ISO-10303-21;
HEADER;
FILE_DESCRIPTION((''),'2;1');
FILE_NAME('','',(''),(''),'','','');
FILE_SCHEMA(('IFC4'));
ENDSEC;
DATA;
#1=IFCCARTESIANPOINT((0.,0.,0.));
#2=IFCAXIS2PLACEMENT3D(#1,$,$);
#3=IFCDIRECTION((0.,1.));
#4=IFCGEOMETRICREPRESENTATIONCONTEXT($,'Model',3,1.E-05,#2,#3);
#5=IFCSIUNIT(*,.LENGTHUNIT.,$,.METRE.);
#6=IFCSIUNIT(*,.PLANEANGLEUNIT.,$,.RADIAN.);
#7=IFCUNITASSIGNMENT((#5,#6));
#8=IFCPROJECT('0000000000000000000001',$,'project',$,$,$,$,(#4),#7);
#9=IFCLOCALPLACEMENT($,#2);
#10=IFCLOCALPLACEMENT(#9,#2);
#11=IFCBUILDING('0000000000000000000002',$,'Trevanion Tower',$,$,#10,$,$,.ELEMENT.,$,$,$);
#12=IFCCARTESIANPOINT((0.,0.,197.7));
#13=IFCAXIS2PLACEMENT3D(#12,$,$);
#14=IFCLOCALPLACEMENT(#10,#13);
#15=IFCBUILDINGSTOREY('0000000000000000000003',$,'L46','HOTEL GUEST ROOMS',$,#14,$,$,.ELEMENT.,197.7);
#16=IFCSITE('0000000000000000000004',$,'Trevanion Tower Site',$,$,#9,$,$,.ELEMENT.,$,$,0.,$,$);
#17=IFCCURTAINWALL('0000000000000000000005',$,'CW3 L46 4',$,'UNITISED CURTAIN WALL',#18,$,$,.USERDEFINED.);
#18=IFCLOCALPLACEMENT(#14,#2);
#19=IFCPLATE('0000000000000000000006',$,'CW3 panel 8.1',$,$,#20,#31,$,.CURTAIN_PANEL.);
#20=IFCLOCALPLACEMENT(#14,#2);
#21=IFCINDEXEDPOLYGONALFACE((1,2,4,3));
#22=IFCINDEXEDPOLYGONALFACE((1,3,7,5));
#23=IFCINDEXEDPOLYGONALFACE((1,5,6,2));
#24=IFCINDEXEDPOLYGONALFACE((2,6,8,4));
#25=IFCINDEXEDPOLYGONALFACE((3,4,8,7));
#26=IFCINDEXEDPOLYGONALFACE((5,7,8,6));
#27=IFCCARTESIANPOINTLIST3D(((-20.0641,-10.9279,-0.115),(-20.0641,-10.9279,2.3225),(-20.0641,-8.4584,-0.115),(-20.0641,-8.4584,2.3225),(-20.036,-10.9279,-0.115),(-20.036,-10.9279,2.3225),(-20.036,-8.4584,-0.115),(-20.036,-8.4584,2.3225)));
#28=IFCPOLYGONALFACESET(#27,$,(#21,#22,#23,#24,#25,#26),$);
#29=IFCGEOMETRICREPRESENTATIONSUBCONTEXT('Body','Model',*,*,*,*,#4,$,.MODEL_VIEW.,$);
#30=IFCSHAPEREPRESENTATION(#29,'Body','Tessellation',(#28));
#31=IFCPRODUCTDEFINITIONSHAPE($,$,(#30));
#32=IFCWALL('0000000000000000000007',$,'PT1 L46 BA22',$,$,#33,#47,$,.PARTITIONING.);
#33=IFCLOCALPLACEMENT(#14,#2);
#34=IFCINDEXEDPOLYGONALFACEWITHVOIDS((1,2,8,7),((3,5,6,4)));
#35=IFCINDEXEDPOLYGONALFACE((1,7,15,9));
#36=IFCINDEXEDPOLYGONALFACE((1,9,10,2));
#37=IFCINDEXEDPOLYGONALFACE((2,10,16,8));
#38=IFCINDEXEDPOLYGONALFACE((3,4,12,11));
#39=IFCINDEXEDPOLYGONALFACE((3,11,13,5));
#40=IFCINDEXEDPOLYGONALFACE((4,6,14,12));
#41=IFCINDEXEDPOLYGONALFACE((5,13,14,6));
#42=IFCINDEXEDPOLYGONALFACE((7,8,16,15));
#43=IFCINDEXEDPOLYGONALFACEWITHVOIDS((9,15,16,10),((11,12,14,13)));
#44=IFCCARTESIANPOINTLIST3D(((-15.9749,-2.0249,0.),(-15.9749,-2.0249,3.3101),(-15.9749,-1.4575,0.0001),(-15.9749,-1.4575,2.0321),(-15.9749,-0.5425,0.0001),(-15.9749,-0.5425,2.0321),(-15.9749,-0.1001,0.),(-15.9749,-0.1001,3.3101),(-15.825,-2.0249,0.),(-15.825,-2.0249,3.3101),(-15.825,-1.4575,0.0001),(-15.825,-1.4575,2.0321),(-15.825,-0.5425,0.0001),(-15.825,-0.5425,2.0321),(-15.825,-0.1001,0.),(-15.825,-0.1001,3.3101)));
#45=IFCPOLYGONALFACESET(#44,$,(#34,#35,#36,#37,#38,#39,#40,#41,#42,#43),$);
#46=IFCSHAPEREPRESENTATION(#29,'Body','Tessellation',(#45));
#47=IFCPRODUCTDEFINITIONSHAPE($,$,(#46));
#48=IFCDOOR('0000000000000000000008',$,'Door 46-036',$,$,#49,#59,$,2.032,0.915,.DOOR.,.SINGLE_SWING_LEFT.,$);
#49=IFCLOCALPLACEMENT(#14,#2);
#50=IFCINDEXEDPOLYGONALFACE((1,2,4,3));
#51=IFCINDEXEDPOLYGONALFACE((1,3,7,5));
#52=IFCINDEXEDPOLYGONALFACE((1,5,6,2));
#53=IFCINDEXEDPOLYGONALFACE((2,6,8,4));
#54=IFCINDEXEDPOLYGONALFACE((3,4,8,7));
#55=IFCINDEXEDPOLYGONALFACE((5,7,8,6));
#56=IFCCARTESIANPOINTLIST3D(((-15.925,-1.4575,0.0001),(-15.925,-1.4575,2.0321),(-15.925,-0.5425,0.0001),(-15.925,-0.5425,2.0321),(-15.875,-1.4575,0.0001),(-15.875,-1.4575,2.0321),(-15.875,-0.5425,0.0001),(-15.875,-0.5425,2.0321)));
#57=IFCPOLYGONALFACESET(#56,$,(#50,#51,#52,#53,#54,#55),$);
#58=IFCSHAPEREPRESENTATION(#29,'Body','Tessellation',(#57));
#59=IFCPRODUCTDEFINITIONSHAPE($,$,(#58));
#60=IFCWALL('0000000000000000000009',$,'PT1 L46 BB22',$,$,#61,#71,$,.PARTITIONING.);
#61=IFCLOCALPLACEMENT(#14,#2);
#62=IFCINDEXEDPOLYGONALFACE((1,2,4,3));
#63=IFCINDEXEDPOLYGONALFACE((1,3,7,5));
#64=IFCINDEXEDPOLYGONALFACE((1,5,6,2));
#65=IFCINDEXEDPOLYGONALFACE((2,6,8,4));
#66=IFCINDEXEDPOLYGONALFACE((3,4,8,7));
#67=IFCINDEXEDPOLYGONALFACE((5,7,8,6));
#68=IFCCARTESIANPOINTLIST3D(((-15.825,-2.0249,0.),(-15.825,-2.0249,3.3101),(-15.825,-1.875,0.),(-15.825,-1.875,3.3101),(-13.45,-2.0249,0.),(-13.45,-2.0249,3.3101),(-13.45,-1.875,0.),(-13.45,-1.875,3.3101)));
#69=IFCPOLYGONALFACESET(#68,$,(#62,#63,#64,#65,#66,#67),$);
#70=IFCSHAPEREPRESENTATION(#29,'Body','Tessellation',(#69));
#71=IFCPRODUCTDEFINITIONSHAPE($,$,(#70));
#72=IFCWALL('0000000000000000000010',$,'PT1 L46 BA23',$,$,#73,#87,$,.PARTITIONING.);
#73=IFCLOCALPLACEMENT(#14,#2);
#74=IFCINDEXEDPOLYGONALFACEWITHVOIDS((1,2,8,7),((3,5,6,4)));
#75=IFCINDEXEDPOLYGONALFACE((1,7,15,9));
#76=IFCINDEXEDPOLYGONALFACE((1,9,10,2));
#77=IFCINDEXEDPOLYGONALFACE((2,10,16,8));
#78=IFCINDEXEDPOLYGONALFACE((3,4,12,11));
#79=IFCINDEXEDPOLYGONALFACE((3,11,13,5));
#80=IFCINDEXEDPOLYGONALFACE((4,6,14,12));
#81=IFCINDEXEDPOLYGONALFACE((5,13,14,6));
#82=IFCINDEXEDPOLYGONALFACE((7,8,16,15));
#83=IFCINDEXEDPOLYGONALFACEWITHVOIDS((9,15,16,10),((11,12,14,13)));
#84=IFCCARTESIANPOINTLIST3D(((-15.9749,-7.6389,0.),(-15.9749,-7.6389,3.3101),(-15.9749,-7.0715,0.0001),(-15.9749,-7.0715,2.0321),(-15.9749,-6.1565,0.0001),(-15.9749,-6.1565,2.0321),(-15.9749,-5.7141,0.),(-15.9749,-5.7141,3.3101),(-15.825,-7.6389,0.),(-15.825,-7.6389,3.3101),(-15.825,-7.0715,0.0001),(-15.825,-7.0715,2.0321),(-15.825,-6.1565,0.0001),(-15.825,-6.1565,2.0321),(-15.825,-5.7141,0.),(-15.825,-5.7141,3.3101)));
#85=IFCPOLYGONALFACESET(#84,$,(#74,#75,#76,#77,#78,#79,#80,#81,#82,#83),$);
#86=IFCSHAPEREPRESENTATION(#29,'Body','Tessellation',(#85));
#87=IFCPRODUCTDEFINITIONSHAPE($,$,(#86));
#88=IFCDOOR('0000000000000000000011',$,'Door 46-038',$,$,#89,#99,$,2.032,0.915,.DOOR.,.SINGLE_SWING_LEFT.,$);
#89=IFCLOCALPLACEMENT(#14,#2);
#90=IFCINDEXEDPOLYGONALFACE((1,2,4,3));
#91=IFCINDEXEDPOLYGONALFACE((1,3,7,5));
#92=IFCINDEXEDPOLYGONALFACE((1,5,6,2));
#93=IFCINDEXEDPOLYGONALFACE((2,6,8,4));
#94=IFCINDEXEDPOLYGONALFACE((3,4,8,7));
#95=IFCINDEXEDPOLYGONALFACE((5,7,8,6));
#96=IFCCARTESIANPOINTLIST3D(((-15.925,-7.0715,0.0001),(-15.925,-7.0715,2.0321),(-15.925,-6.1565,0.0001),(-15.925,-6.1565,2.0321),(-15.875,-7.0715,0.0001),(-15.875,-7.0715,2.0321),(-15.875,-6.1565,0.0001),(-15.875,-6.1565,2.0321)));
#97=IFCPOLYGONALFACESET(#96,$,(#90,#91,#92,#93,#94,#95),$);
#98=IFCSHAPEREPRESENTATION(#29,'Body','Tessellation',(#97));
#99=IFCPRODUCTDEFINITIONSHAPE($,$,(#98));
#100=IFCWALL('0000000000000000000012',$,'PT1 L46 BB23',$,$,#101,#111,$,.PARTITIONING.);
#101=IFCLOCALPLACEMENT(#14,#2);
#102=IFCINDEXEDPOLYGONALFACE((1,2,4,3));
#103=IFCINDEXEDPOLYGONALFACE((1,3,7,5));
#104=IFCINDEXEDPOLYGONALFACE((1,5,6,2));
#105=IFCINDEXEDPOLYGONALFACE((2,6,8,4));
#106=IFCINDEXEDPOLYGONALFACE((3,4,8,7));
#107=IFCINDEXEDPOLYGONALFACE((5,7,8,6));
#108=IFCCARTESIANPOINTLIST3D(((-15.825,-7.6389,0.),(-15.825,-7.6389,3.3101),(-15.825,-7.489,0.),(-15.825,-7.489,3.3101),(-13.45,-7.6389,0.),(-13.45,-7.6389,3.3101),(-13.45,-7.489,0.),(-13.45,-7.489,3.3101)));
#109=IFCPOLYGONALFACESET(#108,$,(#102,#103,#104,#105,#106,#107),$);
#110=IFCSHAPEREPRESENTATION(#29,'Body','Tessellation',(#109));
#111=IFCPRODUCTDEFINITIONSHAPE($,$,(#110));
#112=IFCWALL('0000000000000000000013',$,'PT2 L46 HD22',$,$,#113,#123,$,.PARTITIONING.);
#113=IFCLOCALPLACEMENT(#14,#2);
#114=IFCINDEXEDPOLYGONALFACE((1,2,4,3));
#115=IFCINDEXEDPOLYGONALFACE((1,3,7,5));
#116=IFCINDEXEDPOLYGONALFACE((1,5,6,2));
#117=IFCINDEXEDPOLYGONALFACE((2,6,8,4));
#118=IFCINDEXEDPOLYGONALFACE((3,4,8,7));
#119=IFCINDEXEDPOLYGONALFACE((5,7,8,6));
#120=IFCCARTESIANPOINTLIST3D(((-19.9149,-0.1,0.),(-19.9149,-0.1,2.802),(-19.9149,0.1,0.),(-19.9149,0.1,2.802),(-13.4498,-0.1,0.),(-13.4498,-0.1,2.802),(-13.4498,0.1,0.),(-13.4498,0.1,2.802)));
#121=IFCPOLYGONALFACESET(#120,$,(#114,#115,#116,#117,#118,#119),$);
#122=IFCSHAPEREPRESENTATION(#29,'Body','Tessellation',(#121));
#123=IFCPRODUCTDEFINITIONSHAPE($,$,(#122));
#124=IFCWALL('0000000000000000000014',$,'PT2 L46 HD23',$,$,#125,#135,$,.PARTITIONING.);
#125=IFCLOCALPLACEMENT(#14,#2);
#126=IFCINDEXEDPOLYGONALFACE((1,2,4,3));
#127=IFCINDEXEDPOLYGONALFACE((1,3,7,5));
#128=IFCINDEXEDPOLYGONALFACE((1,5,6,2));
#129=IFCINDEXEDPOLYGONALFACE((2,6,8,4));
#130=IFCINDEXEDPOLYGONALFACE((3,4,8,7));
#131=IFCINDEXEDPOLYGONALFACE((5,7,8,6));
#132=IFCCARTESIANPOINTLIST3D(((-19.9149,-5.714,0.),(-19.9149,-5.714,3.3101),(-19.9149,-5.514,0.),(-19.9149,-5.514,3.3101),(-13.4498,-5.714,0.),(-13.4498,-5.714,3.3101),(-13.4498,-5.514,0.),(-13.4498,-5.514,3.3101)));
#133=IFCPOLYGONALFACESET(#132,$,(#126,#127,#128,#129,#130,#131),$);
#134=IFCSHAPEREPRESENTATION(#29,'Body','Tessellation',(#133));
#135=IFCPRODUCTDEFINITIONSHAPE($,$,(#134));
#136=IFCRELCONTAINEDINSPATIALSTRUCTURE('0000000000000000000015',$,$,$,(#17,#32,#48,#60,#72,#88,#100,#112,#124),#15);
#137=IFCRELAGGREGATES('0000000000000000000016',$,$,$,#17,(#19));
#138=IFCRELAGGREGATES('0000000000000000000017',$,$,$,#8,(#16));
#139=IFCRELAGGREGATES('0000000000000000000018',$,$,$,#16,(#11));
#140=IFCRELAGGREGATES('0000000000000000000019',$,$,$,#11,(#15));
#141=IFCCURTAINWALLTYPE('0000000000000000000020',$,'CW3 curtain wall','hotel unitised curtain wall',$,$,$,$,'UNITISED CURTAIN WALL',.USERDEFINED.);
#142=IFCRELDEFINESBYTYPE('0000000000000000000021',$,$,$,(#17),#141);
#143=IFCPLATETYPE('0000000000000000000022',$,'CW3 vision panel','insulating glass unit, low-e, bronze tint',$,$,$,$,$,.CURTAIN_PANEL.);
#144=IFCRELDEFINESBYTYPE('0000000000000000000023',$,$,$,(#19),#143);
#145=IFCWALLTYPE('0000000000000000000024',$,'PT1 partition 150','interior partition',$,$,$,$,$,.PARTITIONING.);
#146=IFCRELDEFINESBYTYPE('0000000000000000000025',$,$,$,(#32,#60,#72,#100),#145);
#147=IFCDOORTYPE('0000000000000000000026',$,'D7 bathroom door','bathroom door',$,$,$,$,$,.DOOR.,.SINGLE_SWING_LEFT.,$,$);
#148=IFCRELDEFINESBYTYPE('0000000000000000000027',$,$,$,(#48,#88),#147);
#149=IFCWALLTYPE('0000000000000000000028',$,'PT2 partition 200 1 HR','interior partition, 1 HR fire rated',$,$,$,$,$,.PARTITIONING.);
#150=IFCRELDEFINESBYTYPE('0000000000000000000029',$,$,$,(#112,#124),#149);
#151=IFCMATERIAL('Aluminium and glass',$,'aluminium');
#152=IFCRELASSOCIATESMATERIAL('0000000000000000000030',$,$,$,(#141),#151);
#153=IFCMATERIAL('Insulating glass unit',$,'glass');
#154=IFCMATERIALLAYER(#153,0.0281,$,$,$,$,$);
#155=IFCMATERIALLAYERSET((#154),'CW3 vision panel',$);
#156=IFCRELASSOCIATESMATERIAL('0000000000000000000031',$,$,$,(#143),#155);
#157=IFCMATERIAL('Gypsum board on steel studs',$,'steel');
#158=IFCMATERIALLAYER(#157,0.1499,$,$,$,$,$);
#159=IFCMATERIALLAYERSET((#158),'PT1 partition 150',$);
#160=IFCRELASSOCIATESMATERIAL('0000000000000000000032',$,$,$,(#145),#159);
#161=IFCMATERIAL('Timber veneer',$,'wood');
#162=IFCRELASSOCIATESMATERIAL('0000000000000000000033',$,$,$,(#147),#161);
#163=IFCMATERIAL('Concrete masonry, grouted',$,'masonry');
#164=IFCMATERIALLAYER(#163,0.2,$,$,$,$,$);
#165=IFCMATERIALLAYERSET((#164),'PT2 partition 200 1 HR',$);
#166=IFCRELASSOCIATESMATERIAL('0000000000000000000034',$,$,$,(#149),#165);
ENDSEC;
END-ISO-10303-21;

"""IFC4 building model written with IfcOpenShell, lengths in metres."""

from ifc_helpers import new_model, si_unit, direction, frame, frame_2d, origin, origin_2d, place, context, subcontext, project, spatial, rectangle, extrude, material, layer, layer_set, type_object, element, fill, aggregate, save


model = new_model("IFC4")

# Units and contexts
model_context = context("Model", 3, precision=1e-05, world=origin(), true_north=direction((0.0, 1.0)))
body_context = subcontext(model_context, "Body", "Model", "MODEL_VIEW")
ifc_project = project(units=[si_unit("LENGTHUNIT", "METRE"), si_unit("PLANEANGLEUNIT", "RADIAN")], contexts=[model_context])

# Site, building, storey
site_placement = place(None, origin())
site = spatial("IfcSite", under=ifc_project, at=site_placement, Name="Trevanion Tower Site", CompositionType="ELEMENT", RefElevation=0.0)
building_placement = place(site_placement, origin())
building = spatial("IfcBuilding", under=site, at=building_placement, Name="Trevanion Tower", CompositionType="ELEMENT")
storey_placement = place(building_placement, frame((0.0, 0.0, 197.7)))
storey = spatial("IfcBuildingStorey", under=building, at=storey_placement, Name="L46", Description="HOTEL GUEST ROOMS", CompositionType="ELEMENT", Elevation=197.7)

# Curtain wall
ifc_material_1 = material(Name="Aluminium and glass", Category="aluminium")
curtain_wall_type = type_object("IfcCurtainWallType", Name="CW3 curtain wall", Description="hotel unitised curtain wall", ElementType="UNITISED CURTAIN WALL", PredefinedType="USERDEFINED", material=ifc_material_1)
curtain_wall_placement = place(storey_placement, origin())
curtain_wall = element("IfcCurtainWall", 1, at=curtain_wall_placement, inside=storey, type_object=curtain_wall_type, Name="CW3 L46 4", ObjectType="UNITISED CURTAIN WALL", PredefinedType="USERDEFINED")

# Plate
ifc_material_2 = material(Name="Insulating glass unit", Category="glass")
ifc_layer_1 = layer(ifc_material_2, 0.0281)
ifc_layer_set_1 = layer_set([ifc_layer_1], Name="CW3 vision panel")
plate_type_1 = type_object("IfcPlateType", Name="CW3 vision panel", Description="insulating glass unit, low-e, bronze tint", PredefinedType="CURTAIN_PANEL", material=ifc_layer_set_1)
plate_1_placement = place(storey_placement, frame((-20.05, -9.6931, -0.115), z_axis=(0.0, 0.0, 1.0), x_axis=(0.0, -1.0, 0.0)))
plate_1 = element("IfcPlate", 2, at=plate_1_placement, type_object=plate_type_1, Name="CW3 panel 8.1", PredefinedType="CURTAIN_PANEL", context=body_context, shape_type="SweptSolid", body=[
    extrude(rectangle(XDim=2.4695, YDim=0.0281, at=origin_2d()), origin(), (0.0, 0.0, 1.0), 2.4375),
])
aggregate(curtain_wall, [plate_1])

# Wall, opening, door
ifc_material_3 = material(Name="Gypsum board on steel studs", Category="steel")
ifc_layer_2 = layer(ifc_material_3, 0.1499)
ifc_layer_set_2 = layer_set([ifc_layer_2], Name="PT1 partition 150")
wall_type_1 = type_object("IfcWallType", Name="PT1 partition 150", Description="interior partition", PredefinedType="PARTITIONING", material=ifc_layer_set_2)
wall_1_placement = place(storey_placement, frame((-15.8999, -0.1001, 0.0), z_axis=(0.0, 0.0, 1.0), x_axis=(0.0, -1.0, 0.0)))
wall_1 = element("IfcWall", 3, at=wall_1_placement, inside=storey, type_object=wall_type_1, Name="PT1 L46 BA22", PredefinedType="PARTITIONING", context=body_context, shape_type="SweptSolid", body=[
    extrude(rectangle(XDim=1.9248, YDim=0.1499, at=frame_2d((0.9624, 0.0))), origin(), (0.0, 0.0, 1.0), 3.3101),
])
opening_1_placement = place(wall_1_placement, frame((0.4424, 0.0, 0.0)))
opening_1 = element("IfcOpeningElement", 4, at=opening_1_placement, cuts=wall_1, PredefinedType="OPENING", context=body_context, shape_type="SweptSolid", body=[
    extrude(rectangle(XDim=0.915, YDim=2.032, at=frame_2d((0.4575, 1.0161))), frame((0.0, 0.085, 0.0), z_axis=(0.0, -1.0, 0.0), x_axis=(1.0, 0.0, 0.0)), (0.0, 0.0, 1.0), 0.1699),
])
ifc_material_4 = material(Name="Timber veneer", Category="wood")
door_type = type_object("IfcDoorType", Name="D7 bathroom door", Description="bathroom door", OperationType="SINGLE_SWING_LEFT", PredefinedType="DOOR", material=ifc_material_4)
door_1_placement = place(opening_1_placement, origin())
door_1 = element("IfcDoor", 5, at=door_1_placement, inside=storey, type_object=door_type, Name="Door 46-036", OperationType="SINGLE_SWING_LEFT", OverallHeight=2.032, OverallWidth=0.915, PredefinedType="DOOR", context=body_context, shape_type="SweptSolid", body=[
    extrude(rectangle(XDim=0.915, YDim=2.032, at=frame_2d((0.4575, 1.0161))), frame((0.0, 0.0249, 0.0), z_axis=(0.0, -1.0, 0.0), x_axis=(1.0, 0.0, 0.0)), (0.0, 0.0, 1.0), 0.05),
])
fill(opening_1, door_1)

# Wall
wall_2_placement = place(storey_placement, frame((-13.45, -1.95, 0.0), z_axis=(0.0, 0.0, 1.0), x_axis=(-1.0, 0.0, 0.0)))
element("IfcWall", 6, at=wall_2_placement, inside=storey, type_object=wall_type_1, Name="PT1 L46 BB22", PredefinedType="PARTITIONING", context=body_context, shape_type="SweptSolid", body=[
    extrude(rectangle(XDim=2.375, YDim=0.1499, at=frame_2d((1.1875, 0.0))), origin(), (0.0, 0.0, 1.0), 3.3101),
])

# Wall, opening, door
wall_3_placement = place(storey_placement, frame((-15.8999, -5.7141, 0.0), z_axis=(0.0, 0.0, 1.0), x_axis=(0.0, -1.0, 0.0)))
wall_3 = element("IfcWall", 7, at=wall_3_placement, inside=storey, type_object=wall_type_1, Name="PT1 L46 BA23", PredefinedType="PARTITIONING", context=body_context, shape_type="SweptSolid", body=[
    extrude(rectangle(XDim=1.9248, YDim=0.1499, at=frame_2d((0.9624, 0.0))), origin(), (0.0, 0.0, 1.0), 3.3101),
])
opening_2_placement = place(wall_3_placement, frame((0.4424, 0.0, 0.0)))
opening_2 = element("IfcOpeningElement", 8, at=opening_2_placement, cuts=wall_3, PredefinedType="OPENING", context=body_context, shape_type="SweptSolid", body=[
    extrude(rectangle(XDim=0.915, YDim=2.032, at=frame_2d((0.4575, 1.0161))), frame((0.0, 0.085, 0.0), z_axis=(0.0, -1.0, 0.0), x_axis=(1.0, 0.0, 0.0)), (0.0, 0.0, 1.0), 0.1699),
])
door_2_placement = place(opening_2_placement, origin())
door_2 = element("IfcDoor", 9, at=door_2_placement, inside=storey, type_object=door_type, Name="Door 46-038", OperationType="SINGLE_SWING_LEFT", OverallHeight=2.032, OverallWidth=0.915, PredefinedType="DOOR", context=body_context, shape_type="SweptSolid", body=[
    extrude(rectangle(XDim=0.915, YDim=2.032, at=frame_2d((0.4575, 1.0161))), frame((0.0, 0.0249, 0.0), z_axis=(0.0, -1.0, 0.0), x_axis=(1.0, 0.0, 0.0)), (0.0, 0.0, 1.0), 0.05),
])
fill(opening_2, door_2)

# Walls
wall_4_placement = place(storey_placement, frame((-13.45, -7.564, 0.0), z_axis=(0.0, 0.0, 1.0), x_axis=(-1.0, 0.0, 0.0)))
element("IfcWall", 10, at=wall_4_placement, inside=storey, type_object=wall_type_1, Name="PT1 L46 BB23", PredefinedType="PARTITIONING", context=body_context, shape_type="SweptSolid", body=[
    extrude(rectangle(XDim=2.375, YDim=0.1499, at=frame_2d((1.1875, 0.0))), origin(), (0.0, 0.0, 1.0), 3.3101),
])
ifc_material_5 = material(Name="Concrete masonry, grouted", Category="masonry")
ifc_layer_3 = layer(ifc_material_5, 0.2)
ifc_layer_set_3 = layer_set([ifc_layer_3], Name="PT2 partition 200 1 HR")
wall_type_2 = type_object("IfcWallType", Name="PT2 partition 200 1 HR", Description="interior partition, 1 HR fire rated", PredefinedType="PARTITIONING", material=ifc_layer_set_3)
wall_5_placement = place(storey_placement, frame((-13.45, 0.0, 0.0), z_axis=(0.0, 0.0, 1.0), x_axis=(-1.0, 0.0, 0.0)))
element("IfcWall", 11, at=wall_5_placement, inside=storey, type_object=wall_type_2, Name="PT2 L46 HD22", PredefinedType="PARTITIONING", context=body_context, shape_type="SweptSolid", body=[
    extrude(rectangle(XDim=6.4651, YDim=0.2, at=frame_2d((3.2324, 0.0))), origin(), (0.0, 0.0, 1.0), 2.802),
])
wall_6_placement = place(storey_placement, frame((-13.45, -5.614, 0.0), z_axis=(0.0, 0.0, 1.0), x_axis=(-1.0, 0.0, 0.0)))
element("IfcWall", 12, at=wall_6_placement, inside=storey, type_object=wall_type_2, Name="PT2 L46 HD23", PredefinedType="PARTITIONING", context=body_context, shape_type="SweptSolid", body=[
    extrude(rectangle(XDim=6.4651, YDim=0.2, at=frame_2d((3.2324, 0.0))), origin(), (0.0, 0.0, 1.0), 3.3101),
])

save(model, "model.ifc")
